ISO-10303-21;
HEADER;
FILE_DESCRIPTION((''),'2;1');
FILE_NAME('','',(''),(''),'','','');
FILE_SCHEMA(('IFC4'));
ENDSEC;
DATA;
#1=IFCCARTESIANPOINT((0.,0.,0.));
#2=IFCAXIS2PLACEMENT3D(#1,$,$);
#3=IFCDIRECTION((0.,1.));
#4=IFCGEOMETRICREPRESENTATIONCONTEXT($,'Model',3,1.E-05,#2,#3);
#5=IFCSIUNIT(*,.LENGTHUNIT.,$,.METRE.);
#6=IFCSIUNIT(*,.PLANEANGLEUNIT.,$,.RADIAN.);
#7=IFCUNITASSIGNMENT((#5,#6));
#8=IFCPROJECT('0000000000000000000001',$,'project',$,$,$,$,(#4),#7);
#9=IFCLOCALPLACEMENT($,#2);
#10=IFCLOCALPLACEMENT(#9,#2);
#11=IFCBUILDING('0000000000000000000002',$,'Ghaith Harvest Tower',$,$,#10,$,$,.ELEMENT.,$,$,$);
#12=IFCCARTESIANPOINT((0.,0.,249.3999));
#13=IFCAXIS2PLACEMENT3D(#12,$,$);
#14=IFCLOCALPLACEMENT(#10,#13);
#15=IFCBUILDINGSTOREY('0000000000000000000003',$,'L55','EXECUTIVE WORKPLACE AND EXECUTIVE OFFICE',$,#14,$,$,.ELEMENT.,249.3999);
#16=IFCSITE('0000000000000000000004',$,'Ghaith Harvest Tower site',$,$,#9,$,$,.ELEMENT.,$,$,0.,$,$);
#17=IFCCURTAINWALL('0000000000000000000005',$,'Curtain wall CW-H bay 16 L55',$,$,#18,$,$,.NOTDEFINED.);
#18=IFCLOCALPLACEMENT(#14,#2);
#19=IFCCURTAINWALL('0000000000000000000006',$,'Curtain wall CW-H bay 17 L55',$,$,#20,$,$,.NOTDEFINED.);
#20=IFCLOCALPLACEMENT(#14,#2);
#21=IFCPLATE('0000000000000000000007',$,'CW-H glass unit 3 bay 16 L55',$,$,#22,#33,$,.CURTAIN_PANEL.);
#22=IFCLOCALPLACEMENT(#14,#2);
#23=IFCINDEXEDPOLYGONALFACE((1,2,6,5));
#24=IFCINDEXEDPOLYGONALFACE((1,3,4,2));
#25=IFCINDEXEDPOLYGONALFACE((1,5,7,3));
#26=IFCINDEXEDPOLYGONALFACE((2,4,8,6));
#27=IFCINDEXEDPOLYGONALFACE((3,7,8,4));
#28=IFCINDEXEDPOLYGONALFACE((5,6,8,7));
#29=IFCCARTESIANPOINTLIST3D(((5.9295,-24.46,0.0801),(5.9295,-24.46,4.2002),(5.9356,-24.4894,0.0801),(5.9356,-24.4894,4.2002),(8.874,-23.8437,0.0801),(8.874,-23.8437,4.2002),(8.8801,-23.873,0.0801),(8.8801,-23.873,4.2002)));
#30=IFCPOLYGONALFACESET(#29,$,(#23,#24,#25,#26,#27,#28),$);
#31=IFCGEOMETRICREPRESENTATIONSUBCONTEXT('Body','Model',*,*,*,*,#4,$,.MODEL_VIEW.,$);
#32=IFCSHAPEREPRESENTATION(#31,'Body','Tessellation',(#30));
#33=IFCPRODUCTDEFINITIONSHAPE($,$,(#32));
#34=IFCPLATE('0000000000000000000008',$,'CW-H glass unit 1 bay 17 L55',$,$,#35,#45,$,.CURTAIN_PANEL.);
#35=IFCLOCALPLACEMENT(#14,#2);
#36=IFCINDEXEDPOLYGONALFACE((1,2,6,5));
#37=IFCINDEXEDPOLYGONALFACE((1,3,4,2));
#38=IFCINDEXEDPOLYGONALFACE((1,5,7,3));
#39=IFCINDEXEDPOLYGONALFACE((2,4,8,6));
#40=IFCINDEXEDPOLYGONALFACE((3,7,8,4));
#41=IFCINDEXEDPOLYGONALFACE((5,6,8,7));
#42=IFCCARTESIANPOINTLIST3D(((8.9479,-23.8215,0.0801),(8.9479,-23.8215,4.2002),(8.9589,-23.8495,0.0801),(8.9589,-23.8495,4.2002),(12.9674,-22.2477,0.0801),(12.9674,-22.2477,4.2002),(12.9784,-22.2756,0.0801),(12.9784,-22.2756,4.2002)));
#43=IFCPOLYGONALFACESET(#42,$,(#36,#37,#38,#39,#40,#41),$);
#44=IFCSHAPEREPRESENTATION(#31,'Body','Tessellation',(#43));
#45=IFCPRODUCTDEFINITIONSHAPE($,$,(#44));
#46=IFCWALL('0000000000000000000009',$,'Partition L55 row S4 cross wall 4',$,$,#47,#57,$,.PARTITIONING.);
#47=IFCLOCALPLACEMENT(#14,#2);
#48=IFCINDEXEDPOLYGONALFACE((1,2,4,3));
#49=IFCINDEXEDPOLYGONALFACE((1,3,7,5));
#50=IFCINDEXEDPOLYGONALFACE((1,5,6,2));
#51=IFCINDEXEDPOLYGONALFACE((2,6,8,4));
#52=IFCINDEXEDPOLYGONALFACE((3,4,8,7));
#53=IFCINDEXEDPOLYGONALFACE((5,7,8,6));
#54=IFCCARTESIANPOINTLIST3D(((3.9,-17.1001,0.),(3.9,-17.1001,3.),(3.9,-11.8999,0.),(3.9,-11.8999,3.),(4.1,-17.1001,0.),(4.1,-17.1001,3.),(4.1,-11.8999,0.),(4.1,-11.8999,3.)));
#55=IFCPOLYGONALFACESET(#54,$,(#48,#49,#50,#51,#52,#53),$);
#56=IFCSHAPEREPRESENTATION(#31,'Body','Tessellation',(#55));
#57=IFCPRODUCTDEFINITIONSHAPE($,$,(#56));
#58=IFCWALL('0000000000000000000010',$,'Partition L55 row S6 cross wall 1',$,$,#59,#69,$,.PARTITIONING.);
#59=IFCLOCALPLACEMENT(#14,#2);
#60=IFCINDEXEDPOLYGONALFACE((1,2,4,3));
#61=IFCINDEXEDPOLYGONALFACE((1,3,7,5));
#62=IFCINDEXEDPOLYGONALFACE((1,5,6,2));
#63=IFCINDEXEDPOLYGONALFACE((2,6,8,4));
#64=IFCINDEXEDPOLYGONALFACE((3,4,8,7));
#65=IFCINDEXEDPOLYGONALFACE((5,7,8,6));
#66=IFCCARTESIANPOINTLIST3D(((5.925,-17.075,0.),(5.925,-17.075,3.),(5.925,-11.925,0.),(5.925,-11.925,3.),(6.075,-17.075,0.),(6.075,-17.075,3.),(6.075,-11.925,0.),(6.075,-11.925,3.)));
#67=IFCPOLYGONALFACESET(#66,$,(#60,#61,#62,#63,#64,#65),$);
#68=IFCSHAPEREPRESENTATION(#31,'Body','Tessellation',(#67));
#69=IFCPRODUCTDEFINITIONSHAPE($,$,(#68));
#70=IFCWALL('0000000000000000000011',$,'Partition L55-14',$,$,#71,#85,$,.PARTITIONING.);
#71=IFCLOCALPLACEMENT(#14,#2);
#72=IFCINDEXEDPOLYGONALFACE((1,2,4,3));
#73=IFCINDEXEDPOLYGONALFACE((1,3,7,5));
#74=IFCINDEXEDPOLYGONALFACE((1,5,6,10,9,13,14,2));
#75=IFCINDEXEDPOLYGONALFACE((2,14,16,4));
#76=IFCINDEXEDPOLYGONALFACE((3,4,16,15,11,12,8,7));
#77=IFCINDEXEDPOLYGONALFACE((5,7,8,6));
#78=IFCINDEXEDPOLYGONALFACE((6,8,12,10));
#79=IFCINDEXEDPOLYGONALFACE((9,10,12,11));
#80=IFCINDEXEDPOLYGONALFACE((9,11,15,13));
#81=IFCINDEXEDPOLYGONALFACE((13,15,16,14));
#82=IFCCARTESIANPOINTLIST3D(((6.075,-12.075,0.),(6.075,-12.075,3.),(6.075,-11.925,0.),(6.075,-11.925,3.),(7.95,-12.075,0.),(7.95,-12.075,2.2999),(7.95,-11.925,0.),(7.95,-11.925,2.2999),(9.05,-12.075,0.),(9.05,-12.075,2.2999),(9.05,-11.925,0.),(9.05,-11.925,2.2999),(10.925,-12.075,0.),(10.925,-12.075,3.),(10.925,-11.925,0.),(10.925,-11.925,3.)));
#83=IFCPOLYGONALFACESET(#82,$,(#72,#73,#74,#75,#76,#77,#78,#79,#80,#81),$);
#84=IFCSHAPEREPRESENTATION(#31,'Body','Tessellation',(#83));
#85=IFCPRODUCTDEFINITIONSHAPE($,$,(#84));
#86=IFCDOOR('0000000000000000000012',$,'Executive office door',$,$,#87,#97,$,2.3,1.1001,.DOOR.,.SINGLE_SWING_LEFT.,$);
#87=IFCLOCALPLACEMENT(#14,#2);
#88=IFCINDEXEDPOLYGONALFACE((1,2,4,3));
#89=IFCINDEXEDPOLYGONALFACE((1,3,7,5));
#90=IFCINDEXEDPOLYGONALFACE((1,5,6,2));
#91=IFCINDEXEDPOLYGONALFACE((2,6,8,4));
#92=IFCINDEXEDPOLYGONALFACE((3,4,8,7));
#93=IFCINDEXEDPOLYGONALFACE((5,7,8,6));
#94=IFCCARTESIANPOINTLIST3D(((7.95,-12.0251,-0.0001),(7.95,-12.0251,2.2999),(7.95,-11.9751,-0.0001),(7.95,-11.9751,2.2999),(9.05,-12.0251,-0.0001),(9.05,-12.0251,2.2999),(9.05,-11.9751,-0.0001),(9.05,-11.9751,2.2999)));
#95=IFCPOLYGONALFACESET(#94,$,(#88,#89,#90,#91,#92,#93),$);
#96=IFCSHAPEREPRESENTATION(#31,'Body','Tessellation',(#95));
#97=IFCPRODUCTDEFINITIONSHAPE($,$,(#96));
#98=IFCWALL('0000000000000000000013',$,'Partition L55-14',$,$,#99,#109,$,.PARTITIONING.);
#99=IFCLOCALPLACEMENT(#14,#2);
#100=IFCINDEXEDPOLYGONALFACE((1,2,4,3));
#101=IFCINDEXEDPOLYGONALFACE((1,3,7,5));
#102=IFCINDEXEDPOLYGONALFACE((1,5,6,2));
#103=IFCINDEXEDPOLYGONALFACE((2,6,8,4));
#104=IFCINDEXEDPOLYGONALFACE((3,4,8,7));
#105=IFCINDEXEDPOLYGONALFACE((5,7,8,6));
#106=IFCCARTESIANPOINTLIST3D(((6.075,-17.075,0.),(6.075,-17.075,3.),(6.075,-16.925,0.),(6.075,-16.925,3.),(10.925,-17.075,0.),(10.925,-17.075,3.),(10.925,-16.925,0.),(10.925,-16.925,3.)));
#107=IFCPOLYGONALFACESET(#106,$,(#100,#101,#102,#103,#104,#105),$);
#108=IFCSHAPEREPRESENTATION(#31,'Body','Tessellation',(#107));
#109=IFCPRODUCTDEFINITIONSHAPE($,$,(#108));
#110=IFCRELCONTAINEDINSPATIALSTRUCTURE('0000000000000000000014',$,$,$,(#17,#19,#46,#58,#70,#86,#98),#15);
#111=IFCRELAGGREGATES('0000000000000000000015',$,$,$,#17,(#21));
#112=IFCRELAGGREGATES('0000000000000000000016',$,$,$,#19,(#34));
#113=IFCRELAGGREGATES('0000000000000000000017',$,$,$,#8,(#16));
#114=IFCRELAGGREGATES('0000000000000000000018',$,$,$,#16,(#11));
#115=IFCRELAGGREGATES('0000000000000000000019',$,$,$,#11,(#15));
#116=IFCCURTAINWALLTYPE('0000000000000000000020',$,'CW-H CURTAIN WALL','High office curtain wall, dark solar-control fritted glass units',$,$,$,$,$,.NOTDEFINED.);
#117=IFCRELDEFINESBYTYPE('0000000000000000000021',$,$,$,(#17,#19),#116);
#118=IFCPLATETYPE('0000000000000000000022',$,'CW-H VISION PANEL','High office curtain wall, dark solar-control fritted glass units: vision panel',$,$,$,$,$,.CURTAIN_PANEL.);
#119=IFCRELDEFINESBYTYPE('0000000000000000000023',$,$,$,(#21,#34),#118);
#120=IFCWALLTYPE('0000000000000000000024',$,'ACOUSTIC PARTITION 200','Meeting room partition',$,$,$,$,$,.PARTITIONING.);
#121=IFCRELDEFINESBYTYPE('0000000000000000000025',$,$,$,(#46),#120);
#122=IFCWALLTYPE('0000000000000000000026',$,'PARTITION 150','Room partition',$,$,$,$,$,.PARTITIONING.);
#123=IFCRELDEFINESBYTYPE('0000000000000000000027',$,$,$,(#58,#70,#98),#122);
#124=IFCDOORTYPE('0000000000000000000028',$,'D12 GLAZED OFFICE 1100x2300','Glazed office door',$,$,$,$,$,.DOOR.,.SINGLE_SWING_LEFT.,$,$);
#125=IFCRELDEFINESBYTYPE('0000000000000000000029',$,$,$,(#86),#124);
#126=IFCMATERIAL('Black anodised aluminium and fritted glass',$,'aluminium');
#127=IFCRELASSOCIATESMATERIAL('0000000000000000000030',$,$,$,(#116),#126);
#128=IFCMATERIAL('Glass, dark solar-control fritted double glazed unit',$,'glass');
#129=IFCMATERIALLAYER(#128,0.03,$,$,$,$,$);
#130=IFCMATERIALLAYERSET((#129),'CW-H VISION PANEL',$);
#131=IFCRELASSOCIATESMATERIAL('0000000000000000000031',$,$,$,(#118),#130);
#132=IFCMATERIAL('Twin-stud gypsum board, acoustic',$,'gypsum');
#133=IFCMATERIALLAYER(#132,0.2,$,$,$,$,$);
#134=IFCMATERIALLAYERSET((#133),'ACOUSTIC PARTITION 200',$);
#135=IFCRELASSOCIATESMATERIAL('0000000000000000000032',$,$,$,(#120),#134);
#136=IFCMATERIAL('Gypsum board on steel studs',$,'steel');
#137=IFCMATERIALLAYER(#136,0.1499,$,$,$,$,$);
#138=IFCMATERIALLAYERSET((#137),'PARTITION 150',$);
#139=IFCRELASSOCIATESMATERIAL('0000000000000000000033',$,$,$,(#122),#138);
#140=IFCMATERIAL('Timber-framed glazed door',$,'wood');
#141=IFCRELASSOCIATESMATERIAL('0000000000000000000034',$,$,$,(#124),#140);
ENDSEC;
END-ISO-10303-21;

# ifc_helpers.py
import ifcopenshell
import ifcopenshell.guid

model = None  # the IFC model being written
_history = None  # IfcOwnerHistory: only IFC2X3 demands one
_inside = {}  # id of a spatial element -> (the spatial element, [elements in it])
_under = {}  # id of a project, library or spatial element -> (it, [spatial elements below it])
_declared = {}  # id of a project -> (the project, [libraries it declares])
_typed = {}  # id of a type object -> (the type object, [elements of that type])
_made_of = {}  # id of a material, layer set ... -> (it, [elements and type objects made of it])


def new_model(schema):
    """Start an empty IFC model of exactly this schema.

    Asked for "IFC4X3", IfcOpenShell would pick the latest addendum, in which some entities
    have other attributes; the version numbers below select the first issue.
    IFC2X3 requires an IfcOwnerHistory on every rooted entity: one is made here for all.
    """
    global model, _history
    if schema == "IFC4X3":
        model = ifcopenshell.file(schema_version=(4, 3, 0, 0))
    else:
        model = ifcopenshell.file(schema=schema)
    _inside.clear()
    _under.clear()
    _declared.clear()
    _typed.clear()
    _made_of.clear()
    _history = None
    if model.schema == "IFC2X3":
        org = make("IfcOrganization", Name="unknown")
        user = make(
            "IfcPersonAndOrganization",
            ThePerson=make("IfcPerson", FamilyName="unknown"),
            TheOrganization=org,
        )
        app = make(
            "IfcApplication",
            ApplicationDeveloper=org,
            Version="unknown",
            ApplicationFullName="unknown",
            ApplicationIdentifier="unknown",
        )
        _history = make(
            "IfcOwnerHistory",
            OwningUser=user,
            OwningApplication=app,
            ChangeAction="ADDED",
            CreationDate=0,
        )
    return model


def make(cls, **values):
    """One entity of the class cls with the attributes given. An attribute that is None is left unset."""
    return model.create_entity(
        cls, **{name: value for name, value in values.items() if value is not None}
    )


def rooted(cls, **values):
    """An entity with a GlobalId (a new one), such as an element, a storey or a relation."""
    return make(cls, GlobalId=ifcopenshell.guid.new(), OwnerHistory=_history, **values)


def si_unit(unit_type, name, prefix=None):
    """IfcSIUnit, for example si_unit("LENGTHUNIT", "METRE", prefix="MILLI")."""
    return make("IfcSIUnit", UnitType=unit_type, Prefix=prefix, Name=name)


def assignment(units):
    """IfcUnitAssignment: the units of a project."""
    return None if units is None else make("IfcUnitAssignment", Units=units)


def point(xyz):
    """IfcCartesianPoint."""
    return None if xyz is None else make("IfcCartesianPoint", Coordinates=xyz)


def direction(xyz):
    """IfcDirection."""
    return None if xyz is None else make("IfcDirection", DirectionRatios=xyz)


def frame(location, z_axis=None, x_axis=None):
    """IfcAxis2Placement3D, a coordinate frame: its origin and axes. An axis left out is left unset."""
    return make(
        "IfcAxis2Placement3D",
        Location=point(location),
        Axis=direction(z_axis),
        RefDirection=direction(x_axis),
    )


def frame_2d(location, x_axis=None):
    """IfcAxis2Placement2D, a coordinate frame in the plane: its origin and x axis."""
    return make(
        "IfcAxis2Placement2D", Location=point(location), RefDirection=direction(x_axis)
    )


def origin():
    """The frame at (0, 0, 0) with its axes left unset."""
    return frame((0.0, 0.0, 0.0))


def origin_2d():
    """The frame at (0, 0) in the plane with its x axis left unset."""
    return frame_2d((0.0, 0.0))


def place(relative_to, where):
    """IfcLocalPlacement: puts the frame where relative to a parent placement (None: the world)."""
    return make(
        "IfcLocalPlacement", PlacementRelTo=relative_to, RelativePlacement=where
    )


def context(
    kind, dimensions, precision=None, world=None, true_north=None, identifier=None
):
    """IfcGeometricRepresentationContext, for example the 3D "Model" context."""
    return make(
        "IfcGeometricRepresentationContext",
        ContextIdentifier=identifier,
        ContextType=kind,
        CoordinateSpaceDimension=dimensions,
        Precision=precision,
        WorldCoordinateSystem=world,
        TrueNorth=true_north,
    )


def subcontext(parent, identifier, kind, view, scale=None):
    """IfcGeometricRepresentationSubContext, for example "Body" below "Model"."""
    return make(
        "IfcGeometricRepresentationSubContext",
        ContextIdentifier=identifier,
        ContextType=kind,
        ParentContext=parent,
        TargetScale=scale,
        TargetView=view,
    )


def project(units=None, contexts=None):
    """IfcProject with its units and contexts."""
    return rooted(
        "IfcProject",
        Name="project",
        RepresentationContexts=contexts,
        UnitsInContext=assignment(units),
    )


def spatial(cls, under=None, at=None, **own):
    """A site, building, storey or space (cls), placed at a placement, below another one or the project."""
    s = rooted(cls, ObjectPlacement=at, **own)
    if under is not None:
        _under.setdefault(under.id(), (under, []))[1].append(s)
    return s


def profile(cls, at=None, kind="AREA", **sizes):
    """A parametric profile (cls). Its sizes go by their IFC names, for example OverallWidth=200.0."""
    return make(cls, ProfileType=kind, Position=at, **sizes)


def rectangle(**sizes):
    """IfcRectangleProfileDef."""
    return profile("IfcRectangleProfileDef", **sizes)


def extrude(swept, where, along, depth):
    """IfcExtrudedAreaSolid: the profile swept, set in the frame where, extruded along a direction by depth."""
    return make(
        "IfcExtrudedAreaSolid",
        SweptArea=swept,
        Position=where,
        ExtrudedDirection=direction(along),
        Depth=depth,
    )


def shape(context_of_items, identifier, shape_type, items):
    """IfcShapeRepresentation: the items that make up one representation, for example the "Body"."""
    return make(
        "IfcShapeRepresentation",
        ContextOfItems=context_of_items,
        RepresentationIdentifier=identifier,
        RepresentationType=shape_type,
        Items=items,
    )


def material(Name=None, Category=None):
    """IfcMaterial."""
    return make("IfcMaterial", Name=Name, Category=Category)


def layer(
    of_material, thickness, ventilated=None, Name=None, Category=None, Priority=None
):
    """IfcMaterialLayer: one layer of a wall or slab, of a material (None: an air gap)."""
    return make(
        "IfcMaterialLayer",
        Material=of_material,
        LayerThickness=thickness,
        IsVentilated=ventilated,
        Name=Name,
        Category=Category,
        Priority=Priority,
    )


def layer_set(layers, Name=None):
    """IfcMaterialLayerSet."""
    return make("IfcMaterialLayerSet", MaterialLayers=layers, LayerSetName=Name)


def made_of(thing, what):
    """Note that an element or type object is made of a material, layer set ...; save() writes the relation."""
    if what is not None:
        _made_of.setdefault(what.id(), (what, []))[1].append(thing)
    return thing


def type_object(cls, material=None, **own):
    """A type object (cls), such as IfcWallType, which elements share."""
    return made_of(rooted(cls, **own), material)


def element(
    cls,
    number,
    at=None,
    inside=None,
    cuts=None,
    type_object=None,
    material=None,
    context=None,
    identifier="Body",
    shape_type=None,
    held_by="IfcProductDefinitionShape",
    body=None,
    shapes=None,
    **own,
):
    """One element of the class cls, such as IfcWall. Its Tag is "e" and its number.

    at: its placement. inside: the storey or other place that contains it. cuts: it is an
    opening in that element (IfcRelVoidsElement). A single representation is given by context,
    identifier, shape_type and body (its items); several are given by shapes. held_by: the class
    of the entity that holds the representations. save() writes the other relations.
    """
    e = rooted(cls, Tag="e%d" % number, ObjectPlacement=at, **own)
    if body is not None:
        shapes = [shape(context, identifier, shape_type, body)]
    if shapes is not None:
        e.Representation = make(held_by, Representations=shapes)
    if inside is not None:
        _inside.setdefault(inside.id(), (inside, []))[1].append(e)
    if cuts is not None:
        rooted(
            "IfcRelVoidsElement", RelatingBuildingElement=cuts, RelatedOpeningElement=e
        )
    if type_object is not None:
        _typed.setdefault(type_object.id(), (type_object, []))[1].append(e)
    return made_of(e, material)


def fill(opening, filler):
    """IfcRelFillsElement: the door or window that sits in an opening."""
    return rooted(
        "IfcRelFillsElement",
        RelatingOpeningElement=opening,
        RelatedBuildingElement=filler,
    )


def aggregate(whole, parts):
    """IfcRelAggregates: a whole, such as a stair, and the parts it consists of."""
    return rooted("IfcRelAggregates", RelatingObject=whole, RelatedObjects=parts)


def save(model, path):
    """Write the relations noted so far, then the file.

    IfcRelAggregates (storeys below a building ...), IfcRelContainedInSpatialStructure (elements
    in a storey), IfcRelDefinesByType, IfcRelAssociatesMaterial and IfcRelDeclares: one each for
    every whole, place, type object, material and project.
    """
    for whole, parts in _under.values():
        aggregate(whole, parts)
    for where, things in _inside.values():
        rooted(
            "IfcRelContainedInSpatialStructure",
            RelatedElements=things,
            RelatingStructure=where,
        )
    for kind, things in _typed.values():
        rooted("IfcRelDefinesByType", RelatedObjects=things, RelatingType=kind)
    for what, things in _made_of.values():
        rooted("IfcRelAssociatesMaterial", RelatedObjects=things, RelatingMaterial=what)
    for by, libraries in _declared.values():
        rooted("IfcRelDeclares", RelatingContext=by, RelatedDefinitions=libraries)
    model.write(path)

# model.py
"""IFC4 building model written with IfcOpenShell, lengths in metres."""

from ifc_helpers import new_model, si_unit, direction, frame, frame_2d, origin, origin_2d, place, context, subcontext, project, spatial, rectangle, extrude, material, layer, layer_set, type_object, element, fill, aggregate, save


model = new_model("IFC4")

# Units and contexts
model_context = context("Model", 3, precision=1e-05, world=origin(), true_north=direction((0.0, 1.0)))
body_context = subcontext(model_context, "Body", "Model", "MODEL_VIEW")
ifc_project = project(units=[si_unit("LENGTHUNIT", "METRE"), si_unit("PLANEANGLEUNIT", "RADIAN")], contexts=[model_context])

# Site, building, storey
site_placement = place(None, origin())
site = spatial("IfcSite", under=ifc_project, at=site_placement, Name="Ghaith Harvest Tower site", CompositionType="ELEMENT", RefElevation=0.0)
building_placement = place(site_placement, origin())
building = spatial("IfcBuilding", under=site, at=building_placement, Name="Ghaith Harvest Tower", CompositionType="ELEMENT")
storey_placement = place(building_placement, frame((0.0, 0.0, 249.3999)))
storey = spatial("IfcBuildingStorey", under=building, at=storey_placement, Name="L55", Description="EXECUTIVE WORKPLACE AND EXECUTIVE OFFICE", CompositionType="ELEMENT", Elevation=249.3999)

# Curtain wall
ifc_material_1 = material(Name="Black anodised aluminium and fritted glass", Category="aluminium")
curtain_wall_type = type_object("IfcCurtainWallType", Name="CW-H CURTAIN WALL", Description="High office curtain wall, dark solar-control fritted glass units", PredefinedType="NOTDEFINED", material=ifc_material_1)
curtain_wall_1_placement = place(storey_placement, origin())
curtain_wall_1 = element("IfcCurtainWall", 1, at=curtain_wall_1_placement, inside=storey, type_object=curtain_wall_type, Name="Curtain wall CW-H bay 16 L55", PredefinedType="NOTDEFINED")

# Curtain wall
curtain_wall_2_placement = place(storey_placement, origin())
curtain_wall_2 = element("IfcCurtainWall", 2, at=curtain_wall_2_placement, inside=storey, type_object=curtain_wall_type, Name="Curtain wall CW-H bay 17 L55", PredefinedType="NOTDEFINED")

# Plates
ifc_material_2 = material(Name="Glass, dark solar-control fritted double glazed unit", Category="glass")
ifc_layer_1 = layer(ifc_material_2, 0.03)
ifc_layer_set_1 = layer_set([ifc_layer_1], Name="CW-H VISION PANEL")
plate_type = type_object("IfcPlateType", Name="CW-H VISION PANEL", Description="High office curtain wall, dark solar-control fritted glass units: vision panel", PredefinedType="CURTAIN_PANEL", material=ifc_layer_set_1)
plate_1_placement = place(storey_placement, frame((7.4048, -24.1665, 0.0801), z_axis=(0.0, 0.0, 1.0), x_axis=(0.978789, 0.204872, 0.0)))
plate_1 = element("IfcPlate", 3, at=plate_1_placement, type_object=plate_type, Name="CW-H glass unit 3 bay 16 L55", PredefinedType="CURTAIN_PANEL", context=body_context, shape_type="SweptSolid", body=[
    extrude(rectangle(XDim=3.0083, YDim=0.03, at=origin_2d()), origin(), (0.0, 0.0, 1.0), 4.1201),
])
aggregate(curtain_wall_1, [plate_1])
plate_2_placement = place(storey_placement, frame((10.9631, -23.0486, 0.0801), z_axis=(0.0, 0.0, 1.0), x_axis=(0.931161, 0.364608, 0.0)))
plate_2 = element("IfcPlate", 4, at=plate_2_placement, type_object=plate_type, Name="CW-H glass unit 1 bay 17 L55", PredefinedType="CURTAIN_PANEL", context=body_context, shape_type="SweptSolid", body=[
    extrude(rectangle(XDim=4.3167, YDim=0.03, at=origin_2d()), origin(), (0.0, 0.0, 1.0), 4.1201),
])
aggregate(curtain_wall_2, [plate_2])

# Walls
ifc_material_3 = material(Name="Twin-stud gypsum board, acoustic", Category="gypsum")
ifc_layer_2 = layer(ifc_material_3, 0.2)
ifc_layer_set_2 = layer_set([ifc_layer_2], Name="ACOUSTIC PARTITION 200")
wall_type_1 = type_object("IfcWallType", Name="ACOUSTIC PARTITION 200", Description="Meeting room partition", PredefinedType="PARTITIONING", material=ifc_layer_set_2)
wall_1_placement = place(storey_placement, frame((4.0, -11.8999, 0.0), z_axis=(0.0, 0.0, 1.0), x_axis=(0.0, -1.0, 0.0)))
element("IfcWall", 5, at=wall_1_placement, inside=storey, type_object=wall_type_1, Name="Partition L55 row S4 cross wall 4", PredefinedType="PARTITIONING", context=body_context, shape_type="SweptSolid", body=[
    extrude(rectangle(XDim=5.2002, YDim=0.2, at=frame_2d((2.6001, 0.0))), origin(), (0.0, 0.0, 1.0), 3.0),
])
ifc_material_4 = material(Name="Gypsum board on steel studs", Category="steel")
ifc_layer_3 = layer(ifc_material_4, 0.1499)
ifc_layer_set_3 = layer_set([ifc_layer_3], Name="PARTITION 150")
wall_type_2 = type_object("IfcWallType", Name="PARTITION 150", Description="Room partition", PredefinedType="PARTITIONING", material=ifc_layer_set_3)
wall_2_placement = place(storey_placement, frame((6.0, -11.925, 0.0), z_axis=(0.0, 0.0, 1.0), x_axis=(0.0, -1.0, 0.0)))
element("IfcWall", 6, at=wall_2_placement, inside=storey, type_object=wall_type_2, Name="Partition L55 row S6 cross wall 1", PredefinedType="PARTITIONING", context=body_context, shape_type="SweptSolid", body=[
    extrude(rectangle(XDim=5.1499, YDim=0.1499, at=frame_2d((2.575, 0.0))), origin(), (0.0, 0.0, 1.0), 3.0),
])

# Wall, opening, door
wall_3_placement = place(storey_placement, frame((6.075, -12.0, 0.0), z_axis=(0.0, 0.0, 1.0), x_axis=(1.0, 0.0, 0.0)))
wall_3 = element("IfcWall", 7, at=wall_3_placement, inside=storey, type_object=wall_type_2, Name="Partition L55-14", PredefinedType="PARTITIONING", context=body_context, shape_type="SweptSolid", body=[
    extrude(rectangle(XDim=4.8501, YDim=0.1499, at=frame_2d((2.425, 0.0))), origin(), (0.0, 0.0, 1.0), 3.0),
])
opening_placement = place(wall_3_placement, frame((1.875, 0.0, 0.0)))
opening = element("IfcOpeningElement", 8, at=opening_placement, cuts=wall_3, PredefinedType="OPENING", context=body_context, shape_type="SweptSolid", body=[
    extrude(rectangle(XDim=1.1001, YDim=2.3, at=frame_2d((0.55, 1.1499))), frame((0.0, 0.085, 0.0), z_axis=(0.0, -1.0, 0.0), x_axis=(1.0, 0.0, 0.0)), (0.0, 0.0, 1.0), 0.1699),
])
ifc_material_5 = material(Name="Timber-framed glazed door", Category="wood")
door_type = type_object("IfcDoorType", Name="D12 GLAZED OFFICE 1100x2300", Description="Glazed office door", OperationType="SINGLE_SWING_LEFT", PredefinedType="DOOR", material=ifc_material_5)
door_placement = place(opening_placement, origin())
door = element("IfcDoor", 9, at=door_placement, inside=storey, type_object=door_type, Name="Executive office door", OperationType="SINGLE_SWING_LEFT", OverallHeight=2.3, OverallWidth=1.1001, PredefinedType="DOOR", context=body_context, shape_type="SweptSolid", body=[
    extrude(rectangle(XDim=1.1001, YDim=2.3, at=frame_2d((0.55, 1.1499))), frame((0.0, 0.0249, 0.0), z_axis=(0.0, -1.0, 0.0), x_axis=(1.0, 0.0, 0.0)), (0.0, 0.0, 1.0), 0.05),
])
fill(opening, door)

# Wall
wall_4_placement = place(storey_placement, frame((6.075, -17.0, 0.0), z_axis=(0.0, 0.0, 1.0), x_axis=(1.0, 0.0, 0.0)))
element("IfcWall", 10, at=wall_4_placement, inside=storey, type_object=wall_type_2, Name="Partition L55-14", PredefinedType="PARTITIONING", context=body_context, shape_type="SweptSolid", body=[
    extrude(rectangle(XDim=4.8501, YDim=0.1499, at=frame_2d((2.425, 0.0))), origin(), (0.0, 0.0, 1.0), 3.0),
])

save(model, "model.ifc")
